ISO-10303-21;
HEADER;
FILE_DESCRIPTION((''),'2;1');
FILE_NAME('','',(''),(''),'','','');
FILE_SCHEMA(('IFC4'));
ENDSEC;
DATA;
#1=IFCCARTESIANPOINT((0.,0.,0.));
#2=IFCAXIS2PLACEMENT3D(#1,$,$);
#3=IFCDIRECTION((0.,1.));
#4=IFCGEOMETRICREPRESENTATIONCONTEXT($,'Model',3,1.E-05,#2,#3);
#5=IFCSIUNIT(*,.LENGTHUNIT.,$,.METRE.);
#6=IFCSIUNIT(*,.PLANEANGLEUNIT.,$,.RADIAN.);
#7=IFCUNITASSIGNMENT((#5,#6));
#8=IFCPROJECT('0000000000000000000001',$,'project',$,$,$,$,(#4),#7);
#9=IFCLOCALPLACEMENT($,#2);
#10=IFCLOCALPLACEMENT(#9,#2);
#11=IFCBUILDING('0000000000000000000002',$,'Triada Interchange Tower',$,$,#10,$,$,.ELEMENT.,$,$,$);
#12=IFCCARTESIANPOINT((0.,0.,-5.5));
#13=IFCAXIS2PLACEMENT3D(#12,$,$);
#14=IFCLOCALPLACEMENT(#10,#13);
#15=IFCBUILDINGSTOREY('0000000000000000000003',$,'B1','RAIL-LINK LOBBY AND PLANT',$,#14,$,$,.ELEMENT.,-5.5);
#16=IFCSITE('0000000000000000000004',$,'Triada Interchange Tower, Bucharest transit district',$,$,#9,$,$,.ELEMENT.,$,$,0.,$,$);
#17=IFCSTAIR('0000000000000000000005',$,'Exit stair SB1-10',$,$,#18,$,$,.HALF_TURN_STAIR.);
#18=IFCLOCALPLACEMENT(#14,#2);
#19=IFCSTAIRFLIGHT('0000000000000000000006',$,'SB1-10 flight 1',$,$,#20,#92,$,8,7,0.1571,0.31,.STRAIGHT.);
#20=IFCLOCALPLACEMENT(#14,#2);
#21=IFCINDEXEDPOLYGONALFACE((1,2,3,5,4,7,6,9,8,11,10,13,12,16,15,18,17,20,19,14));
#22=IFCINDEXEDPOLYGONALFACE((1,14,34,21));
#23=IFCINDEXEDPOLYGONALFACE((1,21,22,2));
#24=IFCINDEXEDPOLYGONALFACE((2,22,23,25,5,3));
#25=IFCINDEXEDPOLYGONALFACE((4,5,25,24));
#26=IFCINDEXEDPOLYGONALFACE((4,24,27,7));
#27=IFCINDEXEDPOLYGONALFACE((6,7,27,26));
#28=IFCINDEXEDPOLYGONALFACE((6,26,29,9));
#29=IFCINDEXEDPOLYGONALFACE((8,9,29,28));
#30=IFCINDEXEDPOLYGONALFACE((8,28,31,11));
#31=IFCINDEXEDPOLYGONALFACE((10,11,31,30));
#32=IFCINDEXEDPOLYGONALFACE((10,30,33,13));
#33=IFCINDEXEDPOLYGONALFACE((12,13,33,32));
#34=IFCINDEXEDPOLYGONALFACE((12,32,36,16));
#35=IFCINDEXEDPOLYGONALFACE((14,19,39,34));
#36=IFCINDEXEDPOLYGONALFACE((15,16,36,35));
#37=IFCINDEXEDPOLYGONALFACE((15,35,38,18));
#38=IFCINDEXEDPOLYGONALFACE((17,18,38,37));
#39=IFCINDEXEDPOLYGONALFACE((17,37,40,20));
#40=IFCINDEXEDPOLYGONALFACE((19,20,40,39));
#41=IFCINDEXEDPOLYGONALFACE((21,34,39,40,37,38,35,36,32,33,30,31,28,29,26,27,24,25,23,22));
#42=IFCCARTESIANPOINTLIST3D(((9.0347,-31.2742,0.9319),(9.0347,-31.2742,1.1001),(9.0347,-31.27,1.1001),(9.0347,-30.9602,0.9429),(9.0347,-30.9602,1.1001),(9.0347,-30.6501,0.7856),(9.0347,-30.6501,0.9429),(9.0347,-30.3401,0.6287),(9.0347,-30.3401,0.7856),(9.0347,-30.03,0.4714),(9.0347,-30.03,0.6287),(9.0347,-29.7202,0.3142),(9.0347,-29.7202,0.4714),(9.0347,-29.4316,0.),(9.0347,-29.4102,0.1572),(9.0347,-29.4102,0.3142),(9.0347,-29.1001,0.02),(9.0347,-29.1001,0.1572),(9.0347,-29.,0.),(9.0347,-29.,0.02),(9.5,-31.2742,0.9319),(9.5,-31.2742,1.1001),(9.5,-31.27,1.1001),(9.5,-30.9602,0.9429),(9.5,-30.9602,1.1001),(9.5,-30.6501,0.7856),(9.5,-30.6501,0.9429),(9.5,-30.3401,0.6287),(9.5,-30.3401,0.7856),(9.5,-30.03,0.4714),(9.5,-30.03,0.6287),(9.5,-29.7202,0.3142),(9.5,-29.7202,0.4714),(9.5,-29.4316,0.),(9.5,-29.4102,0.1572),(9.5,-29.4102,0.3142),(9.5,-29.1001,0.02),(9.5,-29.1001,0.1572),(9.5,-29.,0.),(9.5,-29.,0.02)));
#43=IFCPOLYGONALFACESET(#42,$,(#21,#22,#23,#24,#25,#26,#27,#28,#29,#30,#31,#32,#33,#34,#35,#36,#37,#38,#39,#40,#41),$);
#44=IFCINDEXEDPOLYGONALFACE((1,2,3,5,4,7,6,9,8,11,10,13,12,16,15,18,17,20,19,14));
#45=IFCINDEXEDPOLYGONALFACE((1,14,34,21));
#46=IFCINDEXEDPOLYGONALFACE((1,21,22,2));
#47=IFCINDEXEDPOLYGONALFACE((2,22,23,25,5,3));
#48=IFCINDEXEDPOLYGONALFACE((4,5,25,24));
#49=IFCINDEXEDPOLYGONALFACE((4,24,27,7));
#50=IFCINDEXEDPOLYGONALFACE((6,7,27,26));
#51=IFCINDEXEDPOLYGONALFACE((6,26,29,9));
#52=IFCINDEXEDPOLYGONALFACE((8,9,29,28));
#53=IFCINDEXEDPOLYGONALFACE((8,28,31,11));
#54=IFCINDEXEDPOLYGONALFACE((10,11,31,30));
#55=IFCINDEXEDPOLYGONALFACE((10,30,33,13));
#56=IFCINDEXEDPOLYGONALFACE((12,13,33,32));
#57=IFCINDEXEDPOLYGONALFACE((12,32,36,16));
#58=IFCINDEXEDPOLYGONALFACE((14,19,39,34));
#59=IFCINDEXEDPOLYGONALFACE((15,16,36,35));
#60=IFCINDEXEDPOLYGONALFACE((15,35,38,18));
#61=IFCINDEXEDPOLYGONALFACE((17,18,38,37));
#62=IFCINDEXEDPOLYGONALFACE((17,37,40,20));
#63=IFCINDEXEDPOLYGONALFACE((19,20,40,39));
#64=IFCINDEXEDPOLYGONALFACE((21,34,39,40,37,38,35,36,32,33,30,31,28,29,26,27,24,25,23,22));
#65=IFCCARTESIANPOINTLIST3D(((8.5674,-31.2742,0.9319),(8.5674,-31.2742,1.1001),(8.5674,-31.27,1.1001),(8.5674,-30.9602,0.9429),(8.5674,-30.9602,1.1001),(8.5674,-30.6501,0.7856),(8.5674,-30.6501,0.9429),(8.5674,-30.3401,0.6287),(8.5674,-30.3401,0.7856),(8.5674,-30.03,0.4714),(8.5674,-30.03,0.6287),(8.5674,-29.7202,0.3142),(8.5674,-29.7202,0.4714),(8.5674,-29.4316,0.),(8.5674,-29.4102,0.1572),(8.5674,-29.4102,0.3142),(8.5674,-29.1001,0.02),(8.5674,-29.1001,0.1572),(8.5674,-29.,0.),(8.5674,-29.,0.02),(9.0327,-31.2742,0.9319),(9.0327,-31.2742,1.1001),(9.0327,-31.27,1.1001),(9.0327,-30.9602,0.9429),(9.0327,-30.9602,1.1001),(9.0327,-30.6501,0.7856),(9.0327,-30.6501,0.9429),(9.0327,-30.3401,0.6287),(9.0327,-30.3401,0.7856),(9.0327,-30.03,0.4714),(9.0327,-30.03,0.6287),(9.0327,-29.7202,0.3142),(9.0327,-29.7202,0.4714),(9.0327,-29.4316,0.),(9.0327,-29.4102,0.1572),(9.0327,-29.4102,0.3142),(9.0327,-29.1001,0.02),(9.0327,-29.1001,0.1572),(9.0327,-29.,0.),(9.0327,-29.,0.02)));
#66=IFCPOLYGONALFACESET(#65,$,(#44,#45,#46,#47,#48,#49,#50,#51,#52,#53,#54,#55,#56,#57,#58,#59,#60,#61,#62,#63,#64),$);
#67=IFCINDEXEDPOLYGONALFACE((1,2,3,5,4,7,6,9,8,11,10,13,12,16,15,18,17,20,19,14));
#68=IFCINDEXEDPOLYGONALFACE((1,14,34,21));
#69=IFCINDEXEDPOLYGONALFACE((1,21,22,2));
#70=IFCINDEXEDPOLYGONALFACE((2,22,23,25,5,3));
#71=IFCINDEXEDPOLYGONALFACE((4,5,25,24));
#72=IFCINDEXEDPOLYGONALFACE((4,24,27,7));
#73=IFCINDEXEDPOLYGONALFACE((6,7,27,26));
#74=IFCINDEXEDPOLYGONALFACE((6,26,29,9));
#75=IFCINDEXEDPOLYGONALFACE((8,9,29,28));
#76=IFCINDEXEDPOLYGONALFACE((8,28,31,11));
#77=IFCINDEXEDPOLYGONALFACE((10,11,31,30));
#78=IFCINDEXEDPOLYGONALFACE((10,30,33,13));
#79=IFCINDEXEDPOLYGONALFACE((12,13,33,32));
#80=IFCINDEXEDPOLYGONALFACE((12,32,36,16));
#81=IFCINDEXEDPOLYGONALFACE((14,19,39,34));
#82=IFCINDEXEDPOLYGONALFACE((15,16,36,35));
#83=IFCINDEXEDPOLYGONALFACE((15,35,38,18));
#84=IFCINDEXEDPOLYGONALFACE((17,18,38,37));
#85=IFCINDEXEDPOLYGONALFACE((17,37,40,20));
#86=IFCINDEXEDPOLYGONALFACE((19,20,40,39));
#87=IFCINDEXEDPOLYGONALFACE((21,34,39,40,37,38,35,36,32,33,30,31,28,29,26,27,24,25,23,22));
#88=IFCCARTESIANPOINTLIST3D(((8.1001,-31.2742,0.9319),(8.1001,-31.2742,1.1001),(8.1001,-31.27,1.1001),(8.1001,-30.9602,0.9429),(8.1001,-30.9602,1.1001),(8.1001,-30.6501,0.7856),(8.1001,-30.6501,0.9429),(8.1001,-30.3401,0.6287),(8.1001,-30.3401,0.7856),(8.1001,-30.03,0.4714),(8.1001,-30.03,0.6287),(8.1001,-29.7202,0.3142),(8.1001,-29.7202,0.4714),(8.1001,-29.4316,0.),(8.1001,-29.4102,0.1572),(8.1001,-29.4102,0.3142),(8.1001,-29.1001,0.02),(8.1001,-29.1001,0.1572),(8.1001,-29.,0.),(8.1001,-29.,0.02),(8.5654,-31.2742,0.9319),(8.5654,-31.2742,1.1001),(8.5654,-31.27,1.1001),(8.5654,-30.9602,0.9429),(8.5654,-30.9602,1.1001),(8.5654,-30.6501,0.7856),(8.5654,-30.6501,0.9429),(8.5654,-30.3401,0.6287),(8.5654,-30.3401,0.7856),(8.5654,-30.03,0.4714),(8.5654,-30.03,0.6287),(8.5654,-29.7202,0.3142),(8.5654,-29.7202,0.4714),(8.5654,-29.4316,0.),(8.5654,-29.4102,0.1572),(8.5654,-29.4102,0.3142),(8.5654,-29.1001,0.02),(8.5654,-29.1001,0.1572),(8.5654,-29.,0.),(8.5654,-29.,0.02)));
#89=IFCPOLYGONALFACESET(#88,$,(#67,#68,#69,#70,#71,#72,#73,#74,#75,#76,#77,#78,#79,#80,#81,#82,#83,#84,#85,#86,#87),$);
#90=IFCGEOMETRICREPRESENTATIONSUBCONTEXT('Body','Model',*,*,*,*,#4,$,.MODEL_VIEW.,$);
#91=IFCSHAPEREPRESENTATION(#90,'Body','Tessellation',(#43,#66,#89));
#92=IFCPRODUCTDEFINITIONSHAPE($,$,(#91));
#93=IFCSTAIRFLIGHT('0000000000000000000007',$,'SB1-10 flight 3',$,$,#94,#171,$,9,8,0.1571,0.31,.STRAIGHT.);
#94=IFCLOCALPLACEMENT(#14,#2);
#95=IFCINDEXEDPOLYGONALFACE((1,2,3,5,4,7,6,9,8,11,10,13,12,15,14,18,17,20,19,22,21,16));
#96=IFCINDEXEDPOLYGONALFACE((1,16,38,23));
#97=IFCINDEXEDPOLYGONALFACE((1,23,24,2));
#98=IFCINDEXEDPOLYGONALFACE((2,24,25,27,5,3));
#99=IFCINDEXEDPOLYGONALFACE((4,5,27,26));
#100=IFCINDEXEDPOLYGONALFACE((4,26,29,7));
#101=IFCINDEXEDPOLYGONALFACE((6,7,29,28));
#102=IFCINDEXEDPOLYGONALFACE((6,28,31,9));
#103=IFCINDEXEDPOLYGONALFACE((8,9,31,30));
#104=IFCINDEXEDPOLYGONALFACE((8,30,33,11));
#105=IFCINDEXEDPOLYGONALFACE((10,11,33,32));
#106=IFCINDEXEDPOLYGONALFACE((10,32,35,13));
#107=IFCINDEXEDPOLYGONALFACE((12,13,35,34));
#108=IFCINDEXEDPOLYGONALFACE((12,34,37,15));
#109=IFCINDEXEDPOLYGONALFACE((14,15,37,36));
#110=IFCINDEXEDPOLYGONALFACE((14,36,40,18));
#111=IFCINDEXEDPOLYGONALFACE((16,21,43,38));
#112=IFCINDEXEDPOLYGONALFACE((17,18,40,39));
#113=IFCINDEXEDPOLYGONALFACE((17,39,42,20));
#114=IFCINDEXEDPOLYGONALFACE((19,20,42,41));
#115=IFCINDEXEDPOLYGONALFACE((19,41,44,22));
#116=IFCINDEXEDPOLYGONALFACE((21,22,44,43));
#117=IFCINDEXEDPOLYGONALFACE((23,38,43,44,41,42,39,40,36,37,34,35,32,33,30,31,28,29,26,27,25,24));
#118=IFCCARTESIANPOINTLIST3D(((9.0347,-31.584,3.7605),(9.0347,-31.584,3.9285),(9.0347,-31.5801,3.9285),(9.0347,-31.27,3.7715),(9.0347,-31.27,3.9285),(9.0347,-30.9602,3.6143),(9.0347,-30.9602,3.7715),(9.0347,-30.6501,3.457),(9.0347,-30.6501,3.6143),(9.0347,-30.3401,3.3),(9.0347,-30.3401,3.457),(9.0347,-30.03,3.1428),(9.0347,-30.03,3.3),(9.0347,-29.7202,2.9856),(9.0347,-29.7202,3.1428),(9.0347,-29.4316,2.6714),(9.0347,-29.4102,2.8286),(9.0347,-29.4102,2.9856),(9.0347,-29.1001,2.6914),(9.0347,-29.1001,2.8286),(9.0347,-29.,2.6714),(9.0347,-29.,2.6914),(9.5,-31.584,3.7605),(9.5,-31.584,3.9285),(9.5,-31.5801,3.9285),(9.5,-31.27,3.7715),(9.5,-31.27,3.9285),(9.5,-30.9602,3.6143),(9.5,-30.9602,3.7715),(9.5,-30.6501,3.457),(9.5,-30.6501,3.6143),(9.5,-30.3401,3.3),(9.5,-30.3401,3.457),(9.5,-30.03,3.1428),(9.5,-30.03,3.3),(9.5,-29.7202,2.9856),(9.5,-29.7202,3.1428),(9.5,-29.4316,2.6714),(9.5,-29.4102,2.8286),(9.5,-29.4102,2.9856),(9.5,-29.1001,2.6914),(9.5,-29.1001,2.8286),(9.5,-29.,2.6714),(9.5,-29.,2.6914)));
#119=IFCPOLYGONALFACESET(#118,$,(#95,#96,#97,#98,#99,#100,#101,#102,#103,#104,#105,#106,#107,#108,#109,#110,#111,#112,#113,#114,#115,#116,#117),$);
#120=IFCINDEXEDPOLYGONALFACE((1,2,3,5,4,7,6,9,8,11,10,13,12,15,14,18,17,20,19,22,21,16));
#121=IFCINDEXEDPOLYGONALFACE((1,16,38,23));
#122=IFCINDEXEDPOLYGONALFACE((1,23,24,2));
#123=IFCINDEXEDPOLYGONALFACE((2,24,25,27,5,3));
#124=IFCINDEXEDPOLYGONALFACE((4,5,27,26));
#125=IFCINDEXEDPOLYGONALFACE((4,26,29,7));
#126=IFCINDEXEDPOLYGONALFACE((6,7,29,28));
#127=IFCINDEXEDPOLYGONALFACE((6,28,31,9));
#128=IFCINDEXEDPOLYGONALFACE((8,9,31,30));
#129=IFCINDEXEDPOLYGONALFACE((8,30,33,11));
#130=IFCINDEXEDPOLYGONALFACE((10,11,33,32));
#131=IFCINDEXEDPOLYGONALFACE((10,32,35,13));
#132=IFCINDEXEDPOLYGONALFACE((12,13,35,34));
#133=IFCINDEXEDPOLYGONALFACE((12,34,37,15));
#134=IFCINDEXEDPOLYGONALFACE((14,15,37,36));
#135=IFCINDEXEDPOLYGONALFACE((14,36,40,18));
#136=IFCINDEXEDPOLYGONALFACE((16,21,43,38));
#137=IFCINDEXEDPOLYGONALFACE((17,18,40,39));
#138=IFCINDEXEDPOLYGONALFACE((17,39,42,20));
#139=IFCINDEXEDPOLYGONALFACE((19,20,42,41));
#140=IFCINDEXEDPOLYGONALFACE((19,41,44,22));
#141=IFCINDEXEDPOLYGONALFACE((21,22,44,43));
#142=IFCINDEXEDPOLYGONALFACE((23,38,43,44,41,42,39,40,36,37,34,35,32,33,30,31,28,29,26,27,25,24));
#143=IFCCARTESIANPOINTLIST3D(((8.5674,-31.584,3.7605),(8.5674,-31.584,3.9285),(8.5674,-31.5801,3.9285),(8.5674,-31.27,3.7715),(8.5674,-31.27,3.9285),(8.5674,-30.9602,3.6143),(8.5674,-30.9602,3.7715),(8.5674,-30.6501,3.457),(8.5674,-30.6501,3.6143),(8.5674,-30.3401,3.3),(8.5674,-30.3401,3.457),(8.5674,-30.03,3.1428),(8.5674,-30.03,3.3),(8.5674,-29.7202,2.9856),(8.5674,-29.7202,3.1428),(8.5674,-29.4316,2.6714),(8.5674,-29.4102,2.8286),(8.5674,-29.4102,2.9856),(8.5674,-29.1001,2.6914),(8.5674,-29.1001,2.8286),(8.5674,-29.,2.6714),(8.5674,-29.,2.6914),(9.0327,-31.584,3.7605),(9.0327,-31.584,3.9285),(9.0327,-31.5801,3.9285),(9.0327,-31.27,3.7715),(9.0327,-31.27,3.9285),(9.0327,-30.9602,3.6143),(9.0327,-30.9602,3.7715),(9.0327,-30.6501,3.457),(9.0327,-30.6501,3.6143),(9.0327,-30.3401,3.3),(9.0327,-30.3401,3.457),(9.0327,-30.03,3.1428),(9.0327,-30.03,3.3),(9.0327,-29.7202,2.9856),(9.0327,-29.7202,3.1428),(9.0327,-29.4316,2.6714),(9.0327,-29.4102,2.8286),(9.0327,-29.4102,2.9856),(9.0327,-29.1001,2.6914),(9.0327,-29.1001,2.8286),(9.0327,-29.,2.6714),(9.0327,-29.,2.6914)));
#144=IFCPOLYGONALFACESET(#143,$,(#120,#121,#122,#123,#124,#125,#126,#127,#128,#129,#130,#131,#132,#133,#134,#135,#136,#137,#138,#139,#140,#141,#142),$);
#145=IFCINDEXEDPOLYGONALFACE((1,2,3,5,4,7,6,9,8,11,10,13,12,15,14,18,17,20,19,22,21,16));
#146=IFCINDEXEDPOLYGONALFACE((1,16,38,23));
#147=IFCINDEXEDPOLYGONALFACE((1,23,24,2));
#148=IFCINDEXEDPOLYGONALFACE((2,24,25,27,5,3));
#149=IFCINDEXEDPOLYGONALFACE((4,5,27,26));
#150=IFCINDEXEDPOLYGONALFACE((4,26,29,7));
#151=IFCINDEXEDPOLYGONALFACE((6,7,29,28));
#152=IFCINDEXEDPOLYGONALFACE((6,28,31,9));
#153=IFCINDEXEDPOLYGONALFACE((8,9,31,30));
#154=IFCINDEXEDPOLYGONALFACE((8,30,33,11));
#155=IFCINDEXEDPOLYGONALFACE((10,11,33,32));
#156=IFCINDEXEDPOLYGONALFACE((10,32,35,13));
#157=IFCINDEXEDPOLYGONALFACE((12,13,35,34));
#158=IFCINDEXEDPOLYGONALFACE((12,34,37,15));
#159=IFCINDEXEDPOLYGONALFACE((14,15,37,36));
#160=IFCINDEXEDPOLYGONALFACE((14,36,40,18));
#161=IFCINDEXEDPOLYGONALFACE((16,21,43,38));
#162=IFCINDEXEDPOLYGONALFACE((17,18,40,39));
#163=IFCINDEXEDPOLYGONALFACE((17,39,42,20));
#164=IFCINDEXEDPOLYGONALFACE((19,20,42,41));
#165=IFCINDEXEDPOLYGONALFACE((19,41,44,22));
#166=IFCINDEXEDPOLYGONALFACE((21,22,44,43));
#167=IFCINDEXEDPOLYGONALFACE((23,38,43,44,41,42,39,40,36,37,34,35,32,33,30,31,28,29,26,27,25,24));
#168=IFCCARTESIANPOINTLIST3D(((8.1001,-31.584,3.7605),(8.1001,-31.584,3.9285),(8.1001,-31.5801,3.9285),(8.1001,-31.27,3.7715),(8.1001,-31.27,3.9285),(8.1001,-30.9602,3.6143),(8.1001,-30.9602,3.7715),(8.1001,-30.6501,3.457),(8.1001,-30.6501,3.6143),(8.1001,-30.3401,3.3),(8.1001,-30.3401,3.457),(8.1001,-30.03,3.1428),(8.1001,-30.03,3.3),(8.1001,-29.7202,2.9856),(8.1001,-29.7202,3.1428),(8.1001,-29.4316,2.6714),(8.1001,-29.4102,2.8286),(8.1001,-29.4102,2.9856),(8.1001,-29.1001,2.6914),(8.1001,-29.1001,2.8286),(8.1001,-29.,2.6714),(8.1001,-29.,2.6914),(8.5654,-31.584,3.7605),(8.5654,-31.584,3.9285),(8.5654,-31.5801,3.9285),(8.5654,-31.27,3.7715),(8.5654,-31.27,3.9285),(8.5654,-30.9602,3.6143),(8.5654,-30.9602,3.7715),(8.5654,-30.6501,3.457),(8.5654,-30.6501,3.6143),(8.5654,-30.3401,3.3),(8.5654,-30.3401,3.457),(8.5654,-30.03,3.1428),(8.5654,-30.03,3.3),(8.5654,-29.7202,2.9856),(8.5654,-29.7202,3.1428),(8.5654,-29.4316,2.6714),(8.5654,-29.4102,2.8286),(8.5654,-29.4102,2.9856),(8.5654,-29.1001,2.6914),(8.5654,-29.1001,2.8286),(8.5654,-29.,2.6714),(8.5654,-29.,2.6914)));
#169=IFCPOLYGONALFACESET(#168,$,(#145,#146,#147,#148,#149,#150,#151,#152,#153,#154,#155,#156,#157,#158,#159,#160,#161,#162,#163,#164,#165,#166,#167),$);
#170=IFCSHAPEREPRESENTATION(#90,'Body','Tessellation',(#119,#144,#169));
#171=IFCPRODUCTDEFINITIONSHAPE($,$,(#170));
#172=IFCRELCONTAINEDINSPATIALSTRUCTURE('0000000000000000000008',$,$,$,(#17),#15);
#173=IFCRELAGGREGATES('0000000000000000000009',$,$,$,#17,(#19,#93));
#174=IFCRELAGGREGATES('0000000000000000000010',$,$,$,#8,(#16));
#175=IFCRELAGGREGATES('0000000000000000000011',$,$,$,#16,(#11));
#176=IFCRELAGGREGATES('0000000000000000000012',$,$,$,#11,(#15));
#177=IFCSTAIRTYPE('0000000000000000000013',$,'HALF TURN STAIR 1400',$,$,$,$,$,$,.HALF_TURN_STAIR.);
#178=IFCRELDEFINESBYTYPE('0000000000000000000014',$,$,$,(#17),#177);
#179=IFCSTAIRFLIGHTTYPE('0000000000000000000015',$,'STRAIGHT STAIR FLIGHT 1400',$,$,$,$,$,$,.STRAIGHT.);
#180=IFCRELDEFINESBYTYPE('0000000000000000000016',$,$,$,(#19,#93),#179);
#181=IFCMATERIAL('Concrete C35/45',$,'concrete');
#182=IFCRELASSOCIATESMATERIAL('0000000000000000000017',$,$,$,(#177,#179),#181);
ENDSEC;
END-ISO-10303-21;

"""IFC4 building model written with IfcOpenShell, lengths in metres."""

from ifc_helpers import new_model, si_unit, direction, frame, origin, place, context, subcontext, project, spatial, polyline, outline, extrude, material, type_object, element, aggregate, save


model = new_model("IFC4")

# Units and contexts
model_context = context("Model", 3, precision=1e-05, world=origin(), true_north=direction((0.0, 1.0)))
body_context = subcontext(model_context, "Body", "Model", "MODEL_VIEW")
ifc_project = project(units=[si_unit("LENGTHUNIT", "METRE"), si_unit("PLANEANGLEUNIT", "RADIAN")], contexts=[model_context])

# Site, building, storey
site_placement = place(None, origin())
site = spatial("IfcSite", under=ifc_project, at=site_placement, Name="Triada Interchange Tower, Bucharest transit district", CompositionType="ELEMENT", RefElevation=0.0)
building_placement = place(site_placement, origin())
building = spatial("IfcBuilding", under=site, at=building_placement, Name="Triada Interchange Tower", CompositionType="ELEMENT")
storey_placement = place(building_placement, frame((0.0, 0.0, -5.5)))
storey = spatial("IfcBuildingStorey", under=building, at=storey_placement, Name="B1", Description="RAIL-LINK LOBBY AND PLANT", CompositionType="ELEMENT", Elevation=-5.5)

# Shared definitions
ifc_material_1 = material(Name="Concrete C35/45", Category="concrete")

# Stair, stair flights
stair_type = type_object("IfcStairType", Name="HALF TURN STAIR 1400", PredefinedType="HALF_TURN_STAIR", material=ifc_material_1)
stair_placement = place(storey_placement, origin())
stair = element("IfcStair", 1, at=stair_placement, inside=storey, type_object=stair_type, Name="Exit stair SB1-10", PredefinedType="HALF_TURN_STAIR")
stair_flight_type = type_object("IfcStairFlightType", Name="STRAIGHT STAIR FLIGHT 1400", PredefinedType="STRAIGHT", material=ifc_material_1)
stair_flight_1_placement = place(storey_placement, frame((8.8, -29.1001, 0.0), z_axis=(0.0, 0.0, 1.0), x_axis=(0.0, -1.0, 0.0)))
stair_flight_1 = element("IfcStairFlight", 2, at=stair_flight_1_placement, type_object=stair_flight_type, Name="SB1-10 flight 1", NumberOfRisers=8, NumberOfTreads=7, PredefinedType="STRAIGHT", RiserHeight=0.1571, TreadLength=0.31, context=body_context, shape_type="SweptSolid", body=[
    extrude(outline(polyline([(-0.1001, 0.0), (-0.1001, 0.02), (0.0, 0.02), (0.0, 0.1572), (0.3101, 0.1572), (0.3101, 0.3142), (0.6201, 0.3142), (0.6201, 0.4714), (0.9299, 0.4714), (0.9299, 0.6287), (1.24, 0.6287), (1.24, 0.7856), (1.55, 0.7856), (1.55, 0.9429), (1.8601, 0.9429), (1.8601, 1.1001), (2.1699, 1.1001), (2.1741, 1.1001), (2.1741, 1.2571), (2.1741, 0.9319), (0.3315, 0.0), (-0.1001, 0.0)])), frame((0.0, 0.7, 0.0), z_axis=(0.0, -1.0, 0.0), x_axis=(1.0, 0.0, 0.0)), (0.0, 0.0, 1.0), 0.4653),
    extrude(outline(polyline([(-0.1001, 0.0), (-0.1001, 0.02), (0.0, 0.02), (0.0, 0.1572), (0.3101, 0.1572), (0.3101, 0.3142), (0.6201, 0.3142), (0.6201, 0.4714), (0.9299, 0.4714), (0.9299, 0.6287), (1.24, 0.6287), (1.24, 0.7856), (1.55, 0.7856), (1.55, 0.9429), (1.8601, 0.9429), (1.8601, 1.1001), (2.1699, 1.1001), (2.1741, 1.1001), (2.1741, 1.2571), (2.1741, 0.9319), (0.3315, 0.0), (-0.1001, 0.0)])), frame((0.0, 0.2327, 0.0), z_axis=(0.0, -1.0, 0.0), x_axis=(1.0, 0.0, 0.0)), (0.0, 0.0, 1.0), 0.4653),
    extrude(outline(polyline([(-0.1001, 0.0), (-0.1001, 0.02), (0.0, 0.02), (0.0, 0.1572), (0.3101, 0.1572), (0.3101, 0.3142), (0.6201, 0.3142), (0.6201, 0.4714), (0.9299, 0.4714), (0.9299, 0.6287), (1.24, 0.6287), (1.24, 0.7856), (1.55, 0.7856), (1.55, 0.9429), (1.8601, 0.9429), (1.8601, 1.1001), (2.1699, 1.1001), (2.1741, 1.1001), (2.1741, 1.2571), (2.1741, 0.9319), (0.3315, 0.0), (-0.1001, 0.0)])), frame((0.0, -0.2346, 0.0), z_axis=(0.0, -1.0, 0.0), x_axis=(1.0, 0.0, 0.0)), (0.0, 0.0, 1.0), 0.4653),
])
stair_flight_2_placement = place(storey_placement, frame((8.8, -29.1001, 2.6714), z_axis=(0.0, 0.0, 1.0), x_axis=(0.0, -1.0, 0.0)))
stair_flight_2 = element("IfcStairFlight", 3, at=stair_flight_2_placement, type_object=stair_flight_type, Name="SB1-10 flight 3", NumberOfRisers=9, NumberOfTreads=8, PredefinedType="STRAIGHT", RiserHeight=0.1571, TreadLength=0.31, context=body_context, shape_type="SweptSolid", body=[
    extrude(outline(polyline([(-0.1001, 0.0), (-0.1001, 0.02), (0.0, 0.02), (0.0, 0.1572), (0.3101, 0.1572), (0.3101, 0.3142), (0.6201, 0.3142), (0.6201, 0.4714), (0.9299, 0.4714), (0.9299, 0.6287), (1.24, 0.6287), (1.24, 0.7856), (1.55, 0.7856), (1.55, 0.9429), (1.8601, 0.9429), (1.8601, 1.1001), (2.1699, 1.1001), (2.1699, 1.2571), (2.48, 1.2571), (2.4839, 1.2571), (2.4839, 1.4143), (2.4839, 1.0891), (0.3315, 0.0), (-0.1001, 0.0)])), frame((0.0, 0.7, 0.0), z_axis=(0.0, -1.0, 0.0), x_axis=(1.0, 0.0, 0.0)), (0.0, 0.0, 1.0), 0.4653),
    extrude(outline(polyline([(-0.1001, 0.0), (-0.1001, 0.02), (0.0, 0.02), (0.0, 0.1572), (0.3101, 0.1572), (0.3101, 0.3142), (0.6201, 0.3142), (0.6201, 0.4714), (0.9299, 0.4714), (0.9299, 0.6287), (1.24, 0.6287), (1.24, 0.7856), (1.55, 0.7856), (1.55, 0.9429), (1.8601, 0.9429), (1.8601, 1.1001), (2.1699, 1.1001), (2.1699, 1.2571), (2.48, 1.2571), (2.4839, 1.2571), (2.4839, 1.4143), (2.4839, 1.0891), (0.3315, 0.0), (-0.1001, 0.0)])), frame((0.0, 0.2327, 0.0), z_axis=(0.0, -1.0, 0.0), x_axis=(1.0, 0.0, 0.0)), (0.0, 0.0, 1.0), 0.4653),
    extrude(outline(polyline([(-0.1001, 0.0), (-0.1001, 0.02), (0.0, 0.02), (0.0, 0.1572), (0.3101, 0.1572), (0.3101, 0.3142), (0.6201, 0.3142), (0.6201, 0.4714), (0.9299, 0.4714), (0.9299, 0.6287), (1.24, 0.6287), (1.24, 0.7856), (1.55, 0.7856), (1.55, 0.9429), (1.8601, 0.9429), (1.8601, 1.1001), (2.1699, 1.1001), (2.1699, 1.2571), (2.48, 1.2571), (2.4839, 1.2571), (2.4839, 1.4143), (2.4839, 1.0891), (0.3315, 0.0), (-0.1001, 0.0)])), frame((0.0, -0.2346, 0.0), z_axis=(0.0, -1.0, 0.0), x_axis=(1.0, 0.0, 0.0)), (0.0, 0.0, 1.0), 0.4653),
])
aggregate(stair, [stair_flight_1, stair_flight_2])

save(model, "model.ifc")
